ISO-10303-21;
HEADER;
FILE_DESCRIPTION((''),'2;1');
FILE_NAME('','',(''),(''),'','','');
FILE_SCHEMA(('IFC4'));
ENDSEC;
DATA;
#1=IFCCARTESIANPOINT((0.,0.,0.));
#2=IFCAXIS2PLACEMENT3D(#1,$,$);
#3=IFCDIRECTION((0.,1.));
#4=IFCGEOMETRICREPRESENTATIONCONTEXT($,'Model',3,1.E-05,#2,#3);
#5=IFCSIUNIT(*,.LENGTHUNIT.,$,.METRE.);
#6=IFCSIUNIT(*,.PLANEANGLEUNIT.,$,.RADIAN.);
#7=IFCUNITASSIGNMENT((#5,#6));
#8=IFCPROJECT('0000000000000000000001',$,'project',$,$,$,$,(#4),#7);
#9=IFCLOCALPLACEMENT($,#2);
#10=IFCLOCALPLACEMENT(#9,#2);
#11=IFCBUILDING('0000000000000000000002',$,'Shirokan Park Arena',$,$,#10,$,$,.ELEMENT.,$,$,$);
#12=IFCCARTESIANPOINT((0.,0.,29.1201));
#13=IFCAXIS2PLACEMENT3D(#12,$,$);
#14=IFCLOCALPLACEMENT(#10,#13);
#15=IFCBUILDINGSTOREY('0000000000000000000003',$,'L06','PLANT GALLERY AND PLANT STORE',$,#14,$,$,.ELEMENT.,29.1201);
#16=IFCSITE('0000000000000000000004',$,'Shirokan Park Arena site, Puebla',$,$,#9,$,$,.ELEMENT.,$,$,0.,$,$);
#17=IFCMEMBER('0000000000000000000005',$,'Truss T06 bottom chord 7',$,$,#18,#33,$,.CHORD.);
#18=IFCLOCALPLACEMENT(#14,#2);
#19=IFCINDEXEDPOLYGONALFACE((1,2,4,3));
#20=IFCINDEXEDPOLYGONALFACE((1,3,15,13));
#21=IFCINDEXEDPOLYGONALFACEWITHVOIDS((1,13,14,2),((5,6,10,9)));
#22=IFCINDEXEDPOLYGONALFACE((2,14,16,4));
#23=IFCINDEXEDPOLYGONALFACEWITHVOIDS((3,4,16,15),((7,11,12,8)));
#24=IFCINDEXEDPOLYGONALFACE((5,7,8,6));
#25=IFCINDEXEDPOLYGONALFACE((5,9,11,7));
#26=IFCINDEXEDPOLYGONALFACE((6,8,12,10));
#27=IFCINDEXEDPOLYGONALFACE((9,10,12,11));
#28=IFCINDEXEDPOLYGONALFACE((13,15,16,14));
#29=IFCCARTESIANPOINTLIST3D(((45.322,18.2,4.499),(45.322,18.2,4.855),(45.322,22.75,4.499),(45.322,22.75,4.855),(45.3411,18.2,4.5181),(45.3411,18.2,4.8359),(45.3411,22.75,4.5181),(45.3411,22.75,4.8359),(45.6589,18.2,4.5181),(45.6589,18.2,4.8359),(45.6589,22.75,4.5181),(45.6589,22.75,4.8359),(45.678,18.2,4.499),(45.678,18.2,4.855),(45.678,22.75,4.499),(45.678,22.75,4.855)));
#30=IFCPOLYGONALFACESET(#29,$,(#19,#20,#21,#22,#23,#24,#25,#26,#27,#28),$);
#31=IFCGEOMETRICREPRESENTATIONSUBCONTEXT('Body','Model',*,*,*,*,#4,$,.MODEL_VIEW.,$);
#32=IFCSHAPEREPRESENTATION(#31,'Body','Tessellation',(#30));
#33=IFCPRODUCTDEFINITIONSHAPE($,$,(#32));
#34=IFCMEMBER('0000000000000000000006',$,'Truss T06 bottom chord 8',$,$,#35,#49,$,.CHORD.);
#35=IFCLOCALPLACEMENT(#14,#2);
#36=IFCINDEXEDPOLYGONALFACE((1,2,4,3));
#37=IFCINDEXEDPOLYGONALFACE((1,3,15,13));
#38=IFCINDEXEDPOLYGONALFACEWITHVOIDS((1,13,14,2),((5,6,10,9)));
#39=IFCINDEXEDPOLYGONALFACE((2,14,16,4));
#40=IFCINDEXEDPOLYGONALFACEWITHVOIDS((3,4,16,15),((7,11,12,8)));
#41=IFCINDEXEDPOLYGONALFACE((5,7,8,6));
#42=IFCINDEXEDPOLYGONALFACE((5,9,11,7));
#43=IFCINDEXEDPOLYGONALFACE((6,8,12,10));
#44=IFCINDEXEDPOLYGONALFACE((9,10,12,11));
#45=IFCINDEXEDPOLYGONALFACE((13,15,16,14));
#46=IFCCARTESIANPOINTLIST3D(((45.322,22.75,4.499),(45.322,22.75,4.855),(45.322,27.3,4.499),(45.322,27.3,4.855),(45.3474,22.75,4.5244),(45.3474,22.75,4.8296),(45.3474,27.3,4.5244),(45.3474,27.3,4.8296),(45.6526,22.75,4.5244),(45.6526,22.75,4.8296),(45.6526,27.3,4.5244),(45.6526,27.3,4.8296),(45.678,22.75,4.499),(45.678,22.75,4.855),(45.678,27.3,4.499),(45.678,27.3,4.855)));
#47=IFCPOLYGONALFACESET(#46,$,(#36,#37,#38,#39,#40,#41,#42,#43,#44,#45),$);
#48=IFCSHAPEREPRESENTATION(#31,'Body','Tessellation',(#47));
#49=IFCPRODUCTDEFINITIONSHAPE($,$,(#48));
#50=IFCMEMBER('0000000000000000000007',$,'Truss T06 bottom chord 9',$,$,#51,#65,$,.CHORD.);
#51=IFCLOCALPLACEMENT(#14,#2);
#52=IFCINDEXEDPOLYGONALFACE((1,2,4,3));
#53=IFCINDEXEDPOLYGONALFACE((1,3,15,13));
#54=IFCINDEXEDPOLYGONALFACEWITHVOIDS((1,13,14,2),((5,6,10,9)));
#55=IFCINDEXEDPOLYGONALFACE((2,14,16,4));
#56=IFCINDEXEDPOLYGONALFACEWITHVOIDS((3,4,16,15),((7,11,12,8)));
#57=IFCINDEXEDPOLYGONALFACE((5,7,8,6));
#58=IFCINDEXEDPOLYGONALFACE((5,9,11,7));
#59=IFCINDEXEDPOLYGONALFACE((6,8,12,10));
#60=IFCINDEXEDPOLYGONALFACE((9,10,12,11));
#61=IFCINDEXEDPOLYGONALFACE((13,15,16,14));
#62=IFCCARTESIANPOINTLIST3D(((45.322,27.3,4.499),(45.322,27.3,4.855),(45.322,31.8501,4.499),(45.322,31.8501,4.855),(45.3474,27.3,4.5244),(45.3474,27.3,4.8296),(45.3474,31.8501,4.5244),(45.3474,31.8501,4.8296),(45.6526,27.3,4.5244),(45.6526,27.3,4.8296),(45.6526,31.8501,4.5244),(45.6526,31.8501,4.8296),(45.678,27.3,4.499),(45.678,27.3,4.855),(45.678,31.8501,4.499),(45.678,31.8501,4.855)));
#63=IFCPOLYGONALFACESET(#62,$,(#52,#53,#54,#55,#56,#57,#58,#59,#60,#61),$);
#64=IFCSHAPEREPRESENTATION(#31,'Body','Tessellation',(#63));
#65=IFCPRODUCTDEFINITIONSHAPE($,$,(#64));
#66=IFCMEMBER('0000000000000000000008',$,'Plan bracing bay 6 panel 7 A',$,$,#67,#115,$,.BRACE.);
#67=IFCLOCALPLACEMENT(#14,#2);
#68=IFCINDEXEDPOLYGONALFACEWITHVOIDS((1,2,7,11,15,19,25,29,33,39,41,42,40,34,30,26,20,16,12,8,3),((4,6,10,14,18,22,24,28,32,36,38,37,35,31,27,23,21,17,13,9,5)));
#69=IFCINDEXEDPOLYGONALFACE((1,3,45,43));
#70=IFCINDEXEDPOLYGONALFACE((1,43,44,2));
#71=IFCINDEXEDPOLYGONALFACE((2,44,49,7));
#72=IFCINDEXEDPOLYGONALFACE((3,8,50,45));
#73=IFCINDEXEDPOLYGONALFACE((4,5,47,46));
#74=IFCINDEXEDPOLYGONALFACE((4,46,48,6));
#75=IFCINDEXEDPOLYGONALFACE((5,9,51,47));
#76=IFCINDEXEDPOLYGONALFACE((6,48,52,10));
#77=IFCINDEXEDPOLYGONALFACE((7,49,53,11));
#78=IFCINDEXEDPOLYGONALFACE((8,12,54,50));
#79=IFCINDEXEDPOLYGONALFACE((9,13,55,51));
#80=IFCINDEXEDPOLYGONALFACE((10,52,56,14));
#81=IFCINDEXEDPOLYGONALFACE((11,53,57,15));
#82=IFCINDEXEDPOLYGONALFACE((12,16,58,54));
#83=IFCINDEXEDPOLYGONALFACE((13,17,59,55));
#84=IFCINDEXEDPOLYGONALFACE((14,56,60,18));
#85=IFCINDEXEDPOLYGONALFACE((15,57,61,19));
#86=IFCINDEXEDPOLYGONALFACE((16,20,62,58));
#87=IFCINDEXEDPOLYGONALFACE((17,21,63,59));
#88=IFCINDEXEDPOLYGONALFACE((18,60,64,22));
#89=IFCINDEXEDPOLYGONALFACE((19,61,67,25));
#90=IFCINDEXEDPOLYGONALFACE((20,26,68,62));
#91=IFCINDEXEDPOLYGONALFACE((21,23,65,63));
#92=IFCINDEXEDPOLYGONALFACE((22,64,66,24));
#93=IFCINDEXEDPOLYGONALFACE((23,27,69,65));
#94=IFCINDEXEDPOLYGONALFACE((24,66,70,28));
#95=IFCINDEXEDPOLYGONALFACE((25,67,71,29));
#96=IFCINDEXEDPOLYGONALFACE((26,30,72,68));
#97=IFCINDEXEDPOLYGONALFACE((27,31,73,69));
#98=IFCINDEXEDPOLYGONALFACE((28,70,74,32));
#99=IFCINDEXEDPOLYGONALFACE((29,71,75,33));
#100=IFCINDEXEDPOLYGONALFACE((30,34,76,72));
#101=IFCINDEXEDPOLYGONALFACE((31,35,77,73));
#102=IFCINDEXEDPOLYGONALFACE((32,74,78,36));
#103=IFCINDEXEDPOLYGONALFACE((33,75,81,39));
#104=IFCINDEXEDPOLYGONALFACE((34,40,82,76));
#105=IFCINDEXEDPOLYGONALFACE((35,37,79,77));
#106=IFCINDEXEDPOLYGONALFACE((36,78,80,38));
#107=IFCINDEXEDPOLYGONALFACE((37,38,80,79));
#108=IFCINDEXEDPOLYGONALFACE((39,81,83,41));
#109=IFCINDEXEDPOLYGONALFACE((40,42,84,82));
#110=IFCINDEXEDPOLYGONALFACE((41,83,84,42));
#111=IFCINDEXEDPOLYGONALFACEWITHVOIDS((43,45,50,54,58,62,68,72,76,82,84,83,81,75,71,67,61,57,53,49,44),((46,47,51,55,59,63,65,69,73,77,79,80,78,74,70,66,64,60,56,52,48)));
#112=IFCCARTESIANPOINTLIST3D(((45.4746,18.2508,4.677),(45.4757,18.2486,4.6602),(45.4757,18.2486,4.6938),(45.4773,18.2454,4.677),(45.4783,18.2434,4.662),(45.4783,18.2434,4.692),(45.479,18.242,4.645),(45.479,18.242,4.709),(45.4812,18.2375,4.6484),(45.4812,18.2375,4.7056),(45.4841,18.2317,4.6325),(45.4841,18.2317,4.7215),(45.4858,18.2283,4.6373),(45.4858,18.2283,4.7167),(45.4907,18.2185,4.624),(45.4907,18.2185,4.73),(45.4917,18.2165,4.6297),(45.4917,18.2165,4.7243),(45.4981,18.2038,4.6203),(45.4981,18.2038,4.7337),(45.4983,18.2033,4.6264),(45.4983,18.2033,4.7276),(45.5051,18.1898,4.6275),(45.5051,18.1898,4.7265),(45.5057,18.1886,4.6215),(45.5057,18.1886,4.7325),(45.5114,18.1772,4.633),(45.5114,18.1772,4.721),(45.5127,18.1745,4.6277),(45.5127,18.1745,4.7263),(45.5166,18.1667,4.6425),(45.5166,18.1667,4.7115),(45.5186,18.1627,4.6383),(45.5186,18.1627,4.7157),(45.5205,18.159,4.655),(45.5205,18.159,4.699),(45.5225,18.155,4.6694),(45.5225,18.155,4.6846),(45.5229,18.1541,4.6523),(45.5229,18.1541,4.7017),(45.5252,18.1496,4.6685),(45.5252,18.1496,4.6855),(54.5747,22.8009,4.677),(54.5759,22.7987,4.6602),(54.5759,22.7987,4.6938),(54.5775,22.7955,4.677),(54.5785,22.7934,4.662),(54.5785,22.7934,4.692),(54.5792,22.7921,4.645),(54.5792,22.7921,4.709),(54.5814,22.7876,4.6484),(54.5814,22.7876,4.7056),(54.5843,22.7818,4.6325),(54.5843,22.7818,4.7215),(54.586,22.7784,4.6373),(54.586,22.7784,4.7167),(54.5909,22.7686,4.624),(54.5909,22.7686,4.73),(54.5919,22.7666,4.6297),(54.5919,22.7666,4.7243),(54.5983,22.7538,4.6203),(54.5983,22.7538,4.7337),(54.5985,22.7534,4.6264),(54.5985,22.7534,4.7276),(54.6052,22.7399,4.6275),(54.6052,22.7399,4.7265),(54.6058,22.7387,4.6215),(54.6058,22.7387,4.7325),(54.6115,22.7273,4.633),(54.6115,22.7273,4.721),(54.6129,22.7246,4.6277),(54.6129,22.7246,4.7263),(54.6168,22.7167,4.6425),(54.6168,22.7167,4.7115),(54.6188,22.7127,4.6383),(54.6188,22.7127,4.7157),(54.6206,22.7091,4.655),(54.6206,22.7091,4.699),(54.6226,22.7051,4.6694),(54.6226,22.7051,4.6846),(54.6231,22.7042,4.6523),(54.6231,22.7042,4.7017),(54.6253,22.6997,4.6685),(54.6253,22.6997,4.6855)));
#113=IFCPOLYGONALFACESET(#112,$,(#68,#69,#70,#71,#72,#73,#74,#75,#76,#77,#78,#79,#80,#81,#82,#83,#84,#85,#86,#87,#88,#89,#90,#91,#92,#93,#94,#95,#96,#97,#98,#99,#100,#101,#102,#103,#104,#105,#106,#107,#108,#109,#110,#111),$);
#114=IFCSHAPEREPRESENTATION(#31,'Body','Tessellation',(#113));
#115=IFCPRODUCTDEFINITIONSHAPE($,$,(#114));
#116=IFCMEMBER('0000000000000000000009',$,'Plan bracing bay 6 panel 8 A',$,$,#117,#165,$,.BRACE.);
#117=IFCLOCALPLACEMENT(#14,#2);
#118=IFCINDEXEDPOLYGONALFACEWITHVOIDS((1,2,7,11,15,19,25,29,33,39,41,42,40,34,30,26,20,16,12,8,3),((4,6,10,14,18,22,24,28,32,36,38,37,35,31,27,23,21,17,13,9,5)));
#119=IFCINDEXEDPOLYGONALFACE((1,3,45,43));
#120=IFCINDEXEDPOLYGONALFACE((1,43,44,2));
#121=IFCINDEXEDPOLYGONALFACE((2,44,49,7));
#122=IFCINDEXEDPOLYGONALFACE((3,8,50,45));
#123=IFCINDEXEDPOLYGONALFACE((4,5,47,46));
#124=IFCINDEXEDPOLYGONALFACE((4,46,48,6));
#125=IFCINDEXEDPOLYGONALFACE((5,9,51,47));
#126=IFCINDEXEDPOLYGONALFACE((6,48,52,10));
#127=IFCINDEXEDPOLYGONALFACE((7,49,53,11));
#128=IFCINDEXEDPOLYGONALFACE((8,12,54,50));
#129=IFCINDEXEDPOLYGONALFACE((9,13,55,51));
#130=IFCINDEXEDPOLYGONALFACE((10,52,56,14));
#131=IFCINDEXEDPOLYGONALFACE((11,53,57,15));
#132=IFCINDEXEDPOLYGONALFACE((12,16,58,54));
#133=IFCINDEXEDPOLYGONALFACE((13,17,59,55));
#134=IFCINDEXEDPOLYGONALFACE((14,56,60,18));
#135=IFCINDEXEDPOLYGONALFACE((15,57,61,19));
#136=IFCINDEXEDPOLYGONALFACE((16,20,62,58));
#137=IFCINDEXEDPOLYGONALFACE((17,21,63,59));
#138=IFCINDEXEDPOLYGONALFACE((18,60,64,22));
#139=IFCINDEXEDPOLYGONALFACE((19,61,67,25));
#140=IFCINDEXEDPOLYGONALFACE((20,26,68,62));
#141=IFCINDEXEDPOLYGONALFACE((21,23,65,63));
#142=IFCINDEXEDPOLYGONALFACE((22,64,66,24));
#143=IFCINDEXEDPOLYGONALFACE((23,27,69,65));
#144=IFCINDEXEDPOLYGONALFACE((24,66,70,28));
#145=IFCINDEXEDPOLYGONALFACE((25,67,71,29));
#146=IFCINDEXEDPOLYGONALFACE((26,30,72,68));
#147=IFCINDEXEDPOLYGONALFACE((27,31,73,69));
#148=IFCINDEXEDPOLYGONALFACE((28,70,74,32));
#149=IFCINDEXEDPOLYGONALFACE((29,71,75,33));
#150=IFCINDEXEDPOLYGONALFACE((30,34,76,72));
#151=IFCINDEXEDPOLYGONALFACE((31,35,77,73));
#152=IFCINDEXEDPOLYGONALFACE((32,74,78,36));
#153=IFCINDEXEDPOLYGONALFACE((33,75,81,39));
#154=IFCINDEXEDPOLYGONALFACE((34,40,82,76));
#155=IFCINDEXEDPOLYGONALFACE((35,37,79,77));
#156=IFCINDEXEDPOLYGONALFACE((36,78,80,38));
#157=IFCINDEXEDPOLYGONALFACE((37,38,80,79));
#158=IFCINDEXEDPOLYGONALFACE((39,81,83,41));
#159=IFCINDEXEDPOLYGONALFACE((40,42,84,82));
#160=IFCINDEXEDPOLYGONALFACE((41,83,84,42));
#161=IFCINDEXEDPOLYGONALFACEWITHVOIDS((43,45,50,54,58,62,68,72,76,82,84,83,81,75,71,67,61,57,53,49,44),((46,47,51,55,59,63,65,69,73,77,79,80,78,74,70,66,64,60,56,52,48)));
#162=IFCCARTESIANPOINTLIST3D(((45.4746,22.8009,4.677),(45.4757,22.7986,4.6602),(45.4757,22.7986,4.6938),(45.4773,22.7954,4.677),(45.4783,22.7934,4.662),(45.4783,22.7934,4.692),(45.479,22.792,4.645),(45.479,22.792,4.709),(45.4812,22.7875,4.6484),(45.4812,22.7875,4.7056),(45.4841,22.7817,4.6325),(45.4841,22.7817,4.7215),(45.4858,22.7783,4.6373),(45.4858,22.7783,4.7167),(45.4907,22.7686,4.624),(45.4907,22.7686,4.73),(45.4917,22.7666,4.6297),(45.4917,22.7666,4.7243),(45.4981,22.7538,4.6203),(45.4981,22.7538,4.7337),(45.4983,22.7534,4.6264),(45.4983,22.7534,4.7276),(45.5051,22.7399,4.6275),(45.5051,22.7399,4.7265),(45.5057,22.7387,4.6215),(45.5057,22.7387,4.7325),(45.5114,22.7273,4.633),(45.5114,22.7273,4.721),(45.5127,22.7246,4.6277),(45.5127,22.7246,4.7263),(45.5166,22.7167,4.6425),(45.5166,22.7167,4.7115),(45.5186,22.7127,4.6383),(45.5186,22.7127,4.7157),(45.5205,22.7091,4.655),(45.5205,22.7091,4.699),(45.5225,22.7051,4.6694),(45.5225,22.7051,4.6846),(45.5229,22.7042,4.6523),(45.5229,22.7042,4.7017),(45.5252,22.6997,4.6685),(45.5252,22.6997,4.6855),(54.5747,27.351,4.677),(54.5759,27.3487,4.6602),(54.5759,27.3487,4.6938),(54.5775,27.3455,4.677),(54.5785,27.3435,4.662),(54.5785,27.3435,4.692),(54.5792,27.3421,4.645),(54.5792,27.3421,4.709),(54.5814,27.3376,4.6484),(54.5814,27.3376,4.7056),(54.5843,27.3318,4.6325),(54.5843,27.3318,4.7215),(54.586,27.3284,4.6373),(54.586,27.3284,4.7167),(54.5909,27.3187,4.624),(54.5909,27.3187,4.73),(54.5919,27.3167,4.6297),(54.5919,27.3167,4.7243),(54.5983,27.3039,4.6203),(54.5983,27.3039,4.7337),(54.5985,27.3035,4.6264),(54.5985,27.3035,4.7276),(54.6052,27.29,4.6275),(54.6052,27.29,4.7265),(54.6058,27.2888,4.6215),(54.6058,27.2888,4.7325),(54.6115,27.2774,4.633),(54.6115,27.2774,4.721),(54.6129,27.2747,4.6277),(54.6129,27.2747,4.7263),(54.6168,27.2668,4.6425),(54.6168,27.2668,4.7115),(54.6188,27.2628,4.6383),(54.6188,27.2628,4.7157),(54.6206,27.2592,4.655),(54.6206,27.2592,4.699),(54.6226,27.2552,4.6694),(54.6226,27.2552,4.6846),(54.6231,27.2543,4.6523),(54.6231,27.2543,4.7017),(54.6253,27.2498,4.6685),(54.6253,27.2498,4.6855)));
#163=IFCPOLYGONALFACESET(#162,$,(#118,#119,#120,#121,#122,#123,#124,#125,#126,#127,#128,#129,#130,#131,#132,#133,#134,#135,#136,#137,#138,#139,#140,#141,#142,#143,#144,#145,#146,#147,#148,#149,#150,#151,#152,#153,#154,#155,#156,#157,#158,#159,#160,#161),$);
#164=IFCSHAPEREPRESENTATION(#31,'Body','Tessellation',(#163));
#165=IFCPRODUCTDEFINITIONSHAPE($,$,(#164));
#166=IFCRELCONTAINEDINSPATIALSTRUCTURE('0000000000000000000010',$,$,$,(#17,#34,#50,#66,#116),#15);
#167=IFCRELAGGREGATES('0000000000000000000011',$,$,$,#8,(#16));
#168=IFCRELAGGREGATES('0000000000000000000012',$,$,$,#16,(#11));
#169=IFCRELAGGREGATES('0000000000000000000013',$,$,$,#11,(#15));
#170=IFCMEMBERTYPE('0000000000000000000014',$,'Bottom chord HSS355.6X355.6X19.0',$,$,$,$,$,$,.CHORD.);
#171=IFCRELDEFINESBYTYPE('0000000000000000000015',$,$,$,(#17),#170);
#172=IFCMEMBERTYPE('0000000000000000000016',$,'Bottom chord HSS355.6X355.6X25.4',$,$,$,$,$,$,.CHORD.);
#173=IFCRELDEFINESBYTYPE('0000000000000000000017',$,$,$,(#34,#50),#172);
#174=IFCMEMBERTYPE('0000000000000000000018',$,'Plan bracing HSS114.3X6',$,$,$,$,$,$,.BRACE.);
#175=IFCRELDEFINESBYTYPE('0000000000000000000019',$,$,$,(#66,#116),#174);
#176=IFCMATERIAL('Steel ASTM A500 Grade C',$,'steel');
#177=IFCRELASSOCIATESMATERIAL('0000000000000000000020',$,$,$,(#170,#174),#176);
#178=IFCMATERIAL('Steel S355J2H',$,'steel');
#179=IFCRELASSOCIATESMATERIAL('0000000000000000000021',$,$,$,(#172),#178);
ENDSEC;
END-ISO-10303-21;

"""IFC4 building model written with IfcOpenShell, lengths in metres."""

from ifc_helpers import new_model, si_unit, direction, frame, origin, origin_2d, place, context, subcontext, project, spatial, hollow_rectangle, hollow_circle, extrude, material, material_profile, profile_set, type_object, element, save


model = new_model("IFC4")

# Units and contexts
model_context = context("Model", 3, precision=1e-05, world=origin(), true_north=direction((0.0, 1.0)))
body_context = subcontext(model_context, "Body", "Model", "MODEL_VIEW")
ifc_project = project(units=[si_unit("LENGTHUNIT", "METRE"), si_unit("PLANEANGLEUNIT", "RADIAN")], contexts=[model_context])

# Site, building, storey
site_placement = place(None, origin())
site = spatial("IfcSite", under=ifc_project, at=site_placement, Name="Shirokan Park Arena site, Puebla", CompositionType="ELEMENT", RefElevation=0.0)
building_placement = place(site_placement, origin())
building = spatial("IfcBuilding", under=site, at=building_placement, Name="Shirokan Park Arena", CompositionType="ELEMENT")
storey_placement = place(building_placement, frame((0.0, 0.0, 29.1201)))
storey = spatial("IfcBuildingStorey", under=building, at=storey_placement, Name="L06", Description="PLANT GALLERY AND PLANT STORE", CompositionType="ELEMENT", Elevation=29.1201)

# Members
ifc_material_1 = material(Name="Steel ASTM A500 Grade C", Category="steel")
ifc_material_profile_1 = material_profile(ifc_material_1, hollow_rectangle(XDim=0.356, YDim=0.356, WallThickness=0.019, at=origin_2d()), Name="HSS355.6X355.6X19.0")
ifc_profile_set_1 = profile_set([ifc_material_profile_1], Name="Steel ASTM A500 Grade C")
member_type_1 = type_object("IfcMemberType", Name="Bottom chord HSS355.6X355.6X19.0", PredefinedType="CHORD", material=ifc_profile_set_1)
member_1_placement = place(storey_placement, frame((45.5, 18.2, 4.677), z_axis=(0.0, 1.0, 0.0), x_axis=(-1.0, 0.0, 0.0)))
element("IfcMember", 1, at=member_1_placement, inside=storey, type_object=member_type_1, Name="Truss T06 bottom chord 7", PredefinedType="CHORD", context=body_context, shape_type="SweptSolid", body=[
    extrude(hollow_rectangle(XDim=0.356, YDim=0.356, WallThickness=0.019, at=origin_2d()), origin(), (0.0, 0.0, 1.0), 4.55),
])
ifc_material_2 = material(Name="Steel S355J2H", Category="steel")
ifc_material_profile_2 = material_profile(ifc_material_2, hollow_rectangle(XDim=0.356, YDim=0.356, WallThickness=0.0254, at=origin_2d()), Name="HSS355.6X355.6X25.4")
ifc_profile_set_2 = profile_set([ifc_material_profile_2], Name="Steel S355J2H")
member_type_2 = type_object("IfcMemberType", Name="Bottom chord HSS355.6X355.6X25.4", PredefinedType="CHORD", material=ifc_profile_set_2)
for number, where, z_axis, x_axis, name in (
    (2, (45.5, 22.75, 4.677), (0.0, 1.0, 0.0), (-1.0, 0.0, 0.0), "Truss T06 bottom chord 8"),
    (3, (45.5, 27.3, 4.677), (0.0, 1.0, 0.0), (-1.0, 0.0, 0.0), "Truss T06 bottom chord 9"),
):
    element("IfcMember", number, at=place(storey_placement, frame(where, z_axis=z_axis, x_axis=x_axis)), inside=storey, type_object=member_type_2, Name=name, PredefinedType="CHORD", context=body_context, shape_type="SweptSolid", body=[
        extrude(hollow_rectangle(XDim=0.356, YDim=0.356, WallThickness=0.0254, at=origin_2d()), origin(), (0.0, 0.0, 1.0), 4.55),
    ])
ifc_material_profile_3 = material_profile(ifc_material_1, hollow_circle(Radius=0.0569, WallThickness=0.0061, at=origin_2d()), Name="HSS114.3X6")
ifc_profile_set_3 = profile_set([ifc_material_profile_3], Name="Steel ASTM A500 Grade C")
member_type_3 = type_object("IfcMemberType", Name="Plan bracing HSS114.3X6", PredefinedType="BRACE", material=ifc_profile_set_3)
for number, where, z_axis, x_axis, name in (
    (4, (45.5, 18.2, 4.677), (0.894427, 0.447214, 0.0), (-0.447214, 0.894427, 0.0), "Plan bracing bay 6 panel 7 A"),
    (5, (45.5, 22.75, 4.677), (0.894427, 0.447214, 0.0), (-0.447214, 0.894427, 0.0), "Plan bracing bay 6 panel 8 A"),
):
    element("IfcMember", number, at=place(storey_placement, frame(where, z_axis=z_axis, x_axis=x_axis)), inside=storey, type_object=member_type_3, Name=name, PredefinedType="BRACE", context=body_context, shape_type="SweptSolid", body=[
        extrude(hollow_circle(Radius=0.0569, WallThickness=0.0061, at=origin_2d()), origin(), (0.0, 0.0, 1.0), 10.1743),
    ])

save(model, "model.ifc")
